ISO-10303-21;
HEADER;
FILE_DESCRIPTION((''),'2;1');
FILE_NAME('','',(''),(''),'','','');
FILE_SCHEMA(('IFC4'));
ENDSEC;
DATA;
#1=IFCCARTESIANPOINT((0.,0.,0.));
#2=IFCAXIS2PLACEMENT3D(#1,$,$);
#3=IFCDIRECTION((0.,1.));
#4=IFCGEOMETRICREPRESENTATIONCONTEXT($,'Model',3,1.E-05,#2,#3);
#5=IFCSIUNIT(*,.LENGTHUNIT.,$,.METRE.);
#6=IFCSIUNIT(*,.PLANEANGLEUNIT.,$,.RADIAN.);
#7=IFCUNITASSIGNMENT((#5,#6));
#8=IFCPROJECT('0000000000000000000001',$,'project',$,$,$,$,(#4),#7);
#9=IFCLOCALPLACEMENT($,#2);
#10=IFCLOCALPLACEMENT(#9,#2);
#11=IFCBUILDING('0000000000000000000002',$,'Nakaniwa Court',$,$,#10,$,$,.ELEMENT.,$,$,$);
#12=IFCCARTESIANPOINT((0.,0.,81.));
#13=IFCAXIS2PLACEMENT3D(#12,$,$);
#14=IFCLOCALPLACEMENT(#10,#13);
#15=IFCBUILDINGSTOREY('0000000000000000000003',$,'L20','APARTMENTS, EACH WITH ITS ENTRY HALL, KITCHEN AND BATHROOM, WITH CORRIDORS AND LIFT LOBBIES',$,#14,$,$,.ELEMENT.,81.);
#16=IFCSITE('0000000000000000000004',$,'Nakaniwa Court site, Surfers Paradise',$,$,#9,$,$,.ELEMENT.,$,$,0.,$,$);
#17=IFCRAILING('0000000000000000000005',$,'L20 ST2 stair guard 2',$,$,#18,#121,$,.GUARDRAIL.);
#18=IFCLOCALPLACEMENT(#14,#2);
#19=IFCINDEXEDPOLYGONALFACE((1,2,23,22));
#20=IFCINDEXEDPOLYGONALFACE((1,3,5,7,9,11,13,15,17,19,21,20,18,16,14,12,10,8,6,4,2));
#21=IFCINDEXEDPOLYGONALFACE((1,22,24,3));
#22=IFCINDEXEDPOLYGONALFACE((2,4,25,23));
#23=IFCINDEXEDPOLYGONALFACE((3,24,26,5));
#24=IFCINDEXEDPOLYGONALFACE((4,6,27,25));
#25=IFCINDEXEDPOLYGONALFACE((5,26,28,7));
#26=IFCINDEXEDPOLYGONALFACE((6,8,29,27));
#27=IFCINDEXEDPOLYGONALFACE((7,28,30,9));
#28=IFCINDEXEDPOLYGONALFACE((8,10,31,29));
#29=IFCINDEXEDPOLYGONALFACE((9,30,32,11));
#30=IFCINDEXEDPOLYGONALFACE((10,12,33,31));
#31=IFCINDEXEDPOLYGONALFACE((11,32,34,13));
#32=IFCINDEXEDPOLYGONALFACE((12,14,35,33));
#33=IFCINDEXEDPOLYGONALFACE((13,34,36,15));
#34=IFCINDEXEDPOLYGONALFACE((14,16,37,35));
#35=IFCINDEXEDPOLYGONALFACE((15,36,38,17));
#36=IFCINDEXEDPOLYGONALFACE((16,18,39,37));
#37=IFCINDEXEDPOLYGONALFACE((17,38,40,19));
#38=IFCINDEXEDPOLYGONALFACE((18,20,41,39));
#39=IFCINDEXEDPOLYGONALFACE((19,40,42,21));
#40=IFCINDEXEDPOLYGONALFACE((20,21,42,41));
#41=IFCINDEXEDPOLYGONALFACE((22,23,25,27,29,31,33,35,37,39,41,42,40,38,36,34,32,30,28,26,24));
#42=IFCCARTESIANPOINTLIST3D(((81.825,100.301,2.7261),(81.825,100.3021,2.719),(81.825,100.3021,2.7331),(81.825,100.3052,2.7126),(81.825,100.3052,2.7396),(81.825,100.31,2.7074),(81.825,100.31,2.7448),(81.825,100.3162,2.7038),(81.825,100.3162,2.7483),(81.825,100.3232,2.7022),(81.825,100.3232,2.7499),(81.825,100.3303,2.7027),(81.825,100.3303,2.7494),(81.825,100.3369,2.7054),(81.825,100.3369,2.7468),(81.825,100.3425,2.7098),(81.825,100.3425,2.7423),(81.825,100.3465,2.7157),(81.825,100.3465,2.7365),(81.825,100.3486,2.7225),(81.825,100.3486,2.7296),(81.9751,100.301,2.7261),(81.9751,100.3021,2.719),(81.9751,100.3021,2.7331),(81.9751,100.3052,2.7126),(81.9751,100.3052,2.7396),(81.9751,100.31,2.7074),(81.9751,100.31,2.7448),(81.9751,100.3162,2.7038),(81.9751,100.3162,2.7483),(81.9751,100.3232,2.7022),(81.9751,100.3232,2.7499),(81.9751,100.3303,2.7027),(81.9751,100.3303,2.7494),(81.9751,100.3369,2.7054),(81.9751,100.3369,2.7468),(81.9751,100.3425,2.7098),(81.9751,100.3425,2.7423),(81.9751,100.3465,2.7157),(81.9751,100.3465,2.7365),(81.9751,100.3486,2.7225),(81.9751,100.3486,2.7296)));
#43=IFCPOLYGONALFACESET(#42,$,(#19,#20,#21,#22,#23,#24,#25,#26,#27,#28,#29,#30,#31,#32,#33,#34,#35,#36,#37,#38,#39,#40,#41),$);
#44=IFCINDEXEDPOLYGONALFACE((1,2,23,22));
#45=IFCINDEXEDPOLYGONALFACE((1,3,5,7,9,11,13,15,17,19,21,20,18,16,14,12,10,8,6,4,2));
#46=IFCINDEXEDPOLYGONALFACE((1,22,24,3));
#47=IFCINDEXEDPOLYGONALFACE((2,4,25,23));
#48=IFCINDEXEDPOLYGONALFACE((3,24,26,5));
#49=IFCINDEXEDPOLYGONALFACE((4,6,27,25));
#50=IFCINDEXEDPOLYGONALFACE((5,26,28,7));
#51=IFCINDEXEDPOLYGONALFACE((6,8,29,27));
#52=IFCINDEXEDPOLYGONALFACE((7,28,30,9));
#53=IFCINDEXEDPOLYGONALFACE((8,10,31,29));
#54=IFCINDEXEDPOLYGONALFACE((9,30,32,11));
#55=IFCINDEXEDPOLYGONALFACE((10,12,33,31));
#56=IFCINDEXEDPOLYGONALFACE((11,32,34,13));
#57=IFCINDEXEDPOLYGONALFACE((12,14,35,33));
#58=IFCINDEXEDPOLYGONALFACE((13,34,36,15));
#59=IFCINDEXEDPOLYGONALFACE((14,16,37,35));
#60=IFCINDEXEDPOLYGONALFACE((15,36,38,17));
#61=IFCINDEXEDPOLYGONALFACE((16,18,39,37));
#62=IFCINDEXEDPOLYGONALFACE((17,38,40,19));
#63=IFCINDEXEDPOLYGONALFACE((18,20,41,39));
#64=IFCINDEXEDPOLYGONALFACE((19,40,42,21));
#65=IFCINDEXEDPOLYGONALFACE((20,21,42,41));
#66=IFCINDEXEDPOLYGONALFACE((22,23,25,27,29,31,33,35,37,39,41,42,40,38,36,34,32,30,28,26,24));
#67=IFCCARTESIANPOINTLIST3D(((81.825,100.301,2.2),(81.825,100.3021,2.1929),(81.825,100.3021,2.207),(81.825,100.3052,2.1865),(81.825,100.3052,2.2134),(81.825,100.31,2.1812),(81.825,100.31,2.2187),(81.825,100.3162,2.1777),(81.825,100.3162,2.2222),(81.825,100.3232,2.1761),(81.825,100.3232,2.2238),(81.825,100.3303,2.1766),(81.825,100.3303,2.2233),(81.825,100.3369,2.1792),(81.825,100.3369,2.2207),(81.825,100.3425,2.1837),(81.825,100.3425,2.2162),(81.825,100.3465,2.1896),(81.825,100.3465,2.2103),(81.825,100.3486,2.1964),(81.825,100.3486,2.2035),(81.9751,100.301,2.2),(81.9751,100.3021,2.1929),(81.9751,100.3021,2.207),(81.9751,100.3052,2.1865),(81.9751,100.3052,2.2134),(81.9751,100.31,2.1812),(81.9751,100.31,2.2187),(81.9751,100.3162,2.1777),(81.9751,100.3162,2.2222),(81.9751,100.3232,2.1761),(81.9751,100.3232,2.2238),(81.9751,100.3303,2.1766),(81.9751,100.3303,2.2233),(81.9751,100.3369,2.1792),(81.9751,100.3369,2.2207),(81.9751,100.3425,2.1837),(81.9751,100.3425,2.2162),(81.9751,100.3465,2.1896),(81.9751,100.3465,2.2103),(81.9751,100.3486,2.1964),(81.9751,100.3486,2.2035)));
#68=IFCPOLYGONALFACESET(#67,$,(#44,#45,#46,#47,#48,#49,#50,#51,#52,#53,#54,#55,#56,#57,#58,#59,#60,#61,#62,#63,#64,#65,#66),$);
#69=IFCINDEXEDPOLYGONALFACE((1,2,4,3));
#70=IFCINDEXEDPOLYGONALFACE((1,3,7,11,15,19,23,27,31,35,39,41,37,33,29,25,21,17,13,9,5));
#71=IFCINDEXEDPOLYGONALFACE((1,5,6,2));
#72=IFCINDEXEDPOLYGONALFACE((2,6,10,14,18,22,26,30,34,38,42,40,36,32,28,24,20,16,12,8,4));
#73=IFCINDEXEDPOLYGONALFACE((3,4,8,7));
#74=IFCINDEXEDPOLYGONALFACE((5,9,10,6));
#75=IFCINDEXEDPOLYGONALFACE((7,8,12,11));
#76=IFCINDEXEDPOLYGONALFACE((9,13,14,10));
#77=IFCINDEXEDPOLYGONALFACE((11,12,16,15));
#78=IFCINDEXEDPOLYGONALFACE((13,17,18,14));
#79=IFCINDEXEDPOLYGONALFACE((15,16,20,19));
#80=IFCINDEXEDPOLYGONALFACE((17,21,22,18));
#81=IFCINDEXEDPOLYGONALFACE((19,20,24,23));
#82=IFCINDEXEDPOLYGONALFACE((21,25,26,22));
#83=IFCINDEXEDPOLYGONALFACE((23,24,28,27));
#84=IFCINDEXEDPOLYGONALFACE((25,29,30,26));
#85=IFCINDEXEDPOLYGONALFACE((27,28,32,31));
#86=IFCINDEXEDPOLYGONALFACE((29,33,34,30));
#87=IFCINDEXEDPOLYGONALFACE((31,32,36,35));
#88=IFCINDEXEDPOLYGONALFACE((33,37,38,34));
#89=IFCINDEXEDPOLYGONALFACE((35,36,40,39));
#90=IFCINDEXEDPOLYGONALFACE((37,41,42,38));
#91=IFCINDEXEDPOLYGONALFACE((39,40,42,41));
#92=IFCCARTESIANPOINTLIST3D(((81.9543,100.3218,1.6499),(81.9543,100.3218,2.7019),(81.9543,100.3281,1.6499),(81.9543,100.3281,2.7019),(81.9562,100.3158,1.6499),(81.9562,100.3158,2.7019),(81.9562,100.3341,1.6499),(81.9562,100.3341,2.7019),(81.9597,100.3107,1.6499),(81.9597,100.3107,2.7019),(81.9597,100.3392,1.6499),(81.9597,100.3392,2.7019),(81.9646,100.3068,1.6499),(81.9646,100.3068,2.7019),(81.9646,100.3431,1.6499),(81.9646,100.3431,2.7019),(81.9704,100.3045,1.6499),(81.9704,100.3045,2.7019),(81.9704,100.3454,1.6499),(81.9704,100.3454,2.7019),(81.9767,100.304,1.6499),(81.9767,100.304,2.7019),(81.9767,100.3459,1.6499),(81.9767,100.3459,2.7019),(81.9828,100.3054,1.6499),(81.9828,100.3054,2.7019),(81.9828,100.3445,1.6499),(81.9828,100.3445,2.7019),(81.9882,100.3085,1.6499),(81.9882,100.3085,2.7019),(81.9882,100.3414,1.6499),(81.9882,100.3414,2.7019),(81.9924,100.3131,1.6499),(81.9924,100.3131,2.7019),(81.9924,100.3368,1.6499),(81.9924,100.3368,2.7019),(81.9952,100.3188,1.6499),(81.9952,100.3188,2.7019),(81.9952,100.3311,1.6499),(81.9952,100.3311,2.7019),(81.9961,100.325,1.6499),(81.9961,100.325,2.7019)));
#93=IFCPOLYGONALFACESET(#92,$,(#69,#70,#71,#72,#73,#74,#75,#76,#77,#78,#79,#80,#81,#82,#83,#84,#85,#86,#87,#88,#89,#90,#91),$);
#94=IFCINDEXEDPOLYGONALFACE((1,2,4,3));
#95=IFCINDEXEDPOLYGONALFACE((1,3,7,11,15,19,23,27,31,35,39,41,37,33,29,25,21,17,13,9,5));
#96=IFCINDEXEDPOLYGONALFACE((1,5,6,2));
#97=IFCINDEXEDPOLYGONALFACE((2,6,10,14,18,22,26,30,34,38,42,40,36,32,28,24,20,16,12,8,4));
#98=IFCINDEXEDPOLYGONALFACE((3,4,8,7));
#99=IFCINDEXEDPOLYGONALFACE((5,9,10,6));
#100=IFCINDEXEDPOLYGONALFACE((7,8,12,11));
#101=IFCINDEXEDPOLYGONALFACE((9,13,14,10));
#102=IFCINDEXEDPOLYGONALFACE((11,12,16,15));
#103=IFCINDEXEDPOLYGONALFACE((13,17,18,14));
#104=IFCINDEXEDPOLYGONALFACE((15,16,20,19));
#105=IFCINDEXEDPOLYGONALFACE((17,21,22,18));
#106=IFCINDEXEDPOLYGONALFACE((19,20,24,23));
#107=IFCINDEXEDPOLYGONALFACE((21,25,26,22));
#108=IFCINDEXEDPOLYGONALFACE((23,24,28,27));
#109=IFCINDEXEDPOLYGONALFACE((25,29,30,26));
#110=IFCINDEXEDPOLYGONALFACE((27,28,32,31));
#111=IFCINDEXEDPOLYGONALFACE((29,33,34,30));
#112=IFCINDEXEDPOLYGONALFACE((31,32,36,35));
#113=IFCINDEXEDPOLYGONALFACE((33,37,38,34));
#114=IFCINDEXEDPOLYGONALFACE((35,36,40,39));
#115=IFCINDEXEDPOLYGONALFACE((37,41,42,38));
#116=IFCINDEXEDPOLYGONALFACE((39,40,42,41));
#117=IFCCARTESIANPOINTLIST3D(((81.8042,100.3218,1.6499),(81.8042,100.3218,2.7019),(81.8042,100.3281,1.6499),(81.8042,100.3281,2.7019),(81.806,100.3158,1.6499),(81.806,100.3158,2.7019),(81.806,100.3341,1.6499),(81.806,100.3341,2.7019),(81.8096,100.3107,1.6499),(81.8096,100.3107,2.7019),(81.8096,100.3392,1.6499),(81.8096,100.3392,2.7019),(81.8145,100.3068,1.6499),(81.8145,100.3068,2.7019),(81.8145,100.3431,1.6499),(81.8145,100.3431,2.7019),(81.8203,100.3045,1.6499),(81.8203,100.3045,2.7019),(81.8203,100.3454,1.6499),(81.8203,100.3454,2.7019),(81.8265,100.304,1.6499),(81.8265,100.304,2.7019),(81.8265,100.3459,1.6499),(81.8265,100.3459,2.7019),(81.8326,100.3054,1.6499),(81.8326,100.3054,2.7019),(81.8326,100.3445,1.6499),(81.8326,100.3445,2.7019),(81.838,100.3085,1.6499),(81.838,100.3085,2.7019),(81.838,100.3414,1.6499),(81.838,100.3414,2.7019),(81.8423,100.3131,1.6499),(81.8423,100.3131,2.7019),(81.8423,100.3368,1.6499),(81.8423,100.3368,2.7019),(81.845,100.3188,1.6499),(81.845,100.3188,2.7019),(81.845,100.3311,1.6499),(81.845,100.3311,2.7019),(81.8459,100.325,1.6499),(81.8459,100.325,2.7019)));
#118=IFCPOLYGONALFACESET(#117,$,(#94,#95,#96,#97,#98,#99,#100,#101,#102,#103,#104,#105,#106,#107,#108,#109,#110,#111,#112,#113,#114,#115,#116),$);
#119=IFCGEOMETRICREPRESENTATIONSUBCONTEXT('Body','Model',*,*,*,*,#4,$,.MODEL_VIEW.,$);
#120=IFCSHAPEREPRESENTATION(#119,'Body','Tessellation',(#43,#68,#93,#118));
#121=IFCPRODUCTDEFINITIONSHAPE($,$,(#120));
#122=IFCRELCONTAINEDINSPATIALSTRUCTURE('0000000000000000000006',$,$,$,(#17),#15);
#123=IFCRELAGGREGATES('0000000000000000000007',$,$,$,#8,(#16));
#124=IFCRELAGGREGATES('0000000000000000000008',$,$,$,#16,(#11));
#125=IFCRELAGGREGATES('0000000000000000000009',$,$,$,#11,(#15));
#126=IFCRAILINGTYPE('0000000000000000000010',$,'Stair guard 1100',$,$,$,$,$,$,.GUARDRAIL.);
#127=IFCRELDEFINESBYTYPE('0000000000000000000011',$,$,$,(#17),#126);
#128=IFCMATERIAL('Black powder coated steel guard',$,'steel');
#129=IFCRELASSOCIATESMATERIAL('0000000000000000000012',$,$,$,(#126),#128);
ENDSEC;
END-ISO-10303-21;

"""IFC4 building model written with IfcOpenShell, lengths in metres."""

from ifc_helpers import new_model, si_unit, direction, frame, origin, origin_2d, place, context, subcontext, project, spatial, circle, extrude, material, type_object, element, save


model = new_model("IFC4")

# Units and contexts
model_context = context("Model", 3, precision=1e-05, world=origin(), true_north=direction((0.0, 1.0)))
body_context = subcontext(model_context, "Body", "Model", "MODEL_VIEW")
ifc_project = project(units=[si_unit("LENGTHUNIT", "METRE"), si_unit("PLANEANGLEUNIT", "RADIAN")], contexts=[model_context])

# Site, building, storey
site_placement = place(None, origin())
site = spatial("IfcSite", under=ifc_project, at=site_placement, Name="Nakaniwa Court site, Surfers Paradise", CompositionType="ELEMENT", RefElevation=0.0)
building_placement = place(site_placement, origin())
building = spatial("IfcBuilding", under=site, at=building_placement, Name="Nakaniwa Court", CompositionType="ELEMENT")
storey_placement = place(building_placement, frame((0.0, 0.0, 81.0)))
storey = spatial("IfcBuildingStorey", under=building, at=storey_placement, Name="L20", Description="APARTMENTS, EACH WITH ITS ENTRY HALL, KITCHEN AND BATHROOM, WITH CORRIDORS AND LIFT LOBBIES", CompositionType="ELEMENT", Elevation=81.0)

# Railing
ifc_material_1 = material(Name="Black powder coated steel guard", Category="steel")
railing_type_1 = type_object("IfcRailingType", Name="Stair guard 1100", PredefinedType="GUARDRAIL", material=ifc_material_1)
railing_1_placement = place(storey_placement, frame((81.9751, 100.325, 1.6499)))
element("IfcRailing", 1, at=railing_1_placement, inside=storey, type_object=railing_type_1, Name="L20 ST2 stair guard 2", PredefinedType="GUARDRAIL", context=body_context, shape_type="SweptSolid", body=[
    extrude(circle(Radius=0.0239, at=origin_2d()), frame((0.0, 0.0, 1.0762), z_axis=(-1.0, 0.0, 0.0), x_axis=(0.0, -1.0, 0.0)), (0.0, 0.0, 1.0), 0.1501),
    extrude(circle(Radius=0.0239, at=origin_2d()), frame((0.0, 0.0, 0.55), z_axis=(-1.0, 0.0, 0.0), x_axis=(0.0, -1.0, 0.0)), (0.0, 0.0, 1.0), 0.1501),
    extrude(circle(Radius=0.021, at=origin_2d()), origin(), (0.0, 0.0, 1.0), 1.052),
    extrude(circle(Radius=0.021, at=origin_2d()), frame((-0.1501, 0.0, 0.0)), (0.0, 0.0, 1.0), 1.052),
])

save(model, "model.ifc")
